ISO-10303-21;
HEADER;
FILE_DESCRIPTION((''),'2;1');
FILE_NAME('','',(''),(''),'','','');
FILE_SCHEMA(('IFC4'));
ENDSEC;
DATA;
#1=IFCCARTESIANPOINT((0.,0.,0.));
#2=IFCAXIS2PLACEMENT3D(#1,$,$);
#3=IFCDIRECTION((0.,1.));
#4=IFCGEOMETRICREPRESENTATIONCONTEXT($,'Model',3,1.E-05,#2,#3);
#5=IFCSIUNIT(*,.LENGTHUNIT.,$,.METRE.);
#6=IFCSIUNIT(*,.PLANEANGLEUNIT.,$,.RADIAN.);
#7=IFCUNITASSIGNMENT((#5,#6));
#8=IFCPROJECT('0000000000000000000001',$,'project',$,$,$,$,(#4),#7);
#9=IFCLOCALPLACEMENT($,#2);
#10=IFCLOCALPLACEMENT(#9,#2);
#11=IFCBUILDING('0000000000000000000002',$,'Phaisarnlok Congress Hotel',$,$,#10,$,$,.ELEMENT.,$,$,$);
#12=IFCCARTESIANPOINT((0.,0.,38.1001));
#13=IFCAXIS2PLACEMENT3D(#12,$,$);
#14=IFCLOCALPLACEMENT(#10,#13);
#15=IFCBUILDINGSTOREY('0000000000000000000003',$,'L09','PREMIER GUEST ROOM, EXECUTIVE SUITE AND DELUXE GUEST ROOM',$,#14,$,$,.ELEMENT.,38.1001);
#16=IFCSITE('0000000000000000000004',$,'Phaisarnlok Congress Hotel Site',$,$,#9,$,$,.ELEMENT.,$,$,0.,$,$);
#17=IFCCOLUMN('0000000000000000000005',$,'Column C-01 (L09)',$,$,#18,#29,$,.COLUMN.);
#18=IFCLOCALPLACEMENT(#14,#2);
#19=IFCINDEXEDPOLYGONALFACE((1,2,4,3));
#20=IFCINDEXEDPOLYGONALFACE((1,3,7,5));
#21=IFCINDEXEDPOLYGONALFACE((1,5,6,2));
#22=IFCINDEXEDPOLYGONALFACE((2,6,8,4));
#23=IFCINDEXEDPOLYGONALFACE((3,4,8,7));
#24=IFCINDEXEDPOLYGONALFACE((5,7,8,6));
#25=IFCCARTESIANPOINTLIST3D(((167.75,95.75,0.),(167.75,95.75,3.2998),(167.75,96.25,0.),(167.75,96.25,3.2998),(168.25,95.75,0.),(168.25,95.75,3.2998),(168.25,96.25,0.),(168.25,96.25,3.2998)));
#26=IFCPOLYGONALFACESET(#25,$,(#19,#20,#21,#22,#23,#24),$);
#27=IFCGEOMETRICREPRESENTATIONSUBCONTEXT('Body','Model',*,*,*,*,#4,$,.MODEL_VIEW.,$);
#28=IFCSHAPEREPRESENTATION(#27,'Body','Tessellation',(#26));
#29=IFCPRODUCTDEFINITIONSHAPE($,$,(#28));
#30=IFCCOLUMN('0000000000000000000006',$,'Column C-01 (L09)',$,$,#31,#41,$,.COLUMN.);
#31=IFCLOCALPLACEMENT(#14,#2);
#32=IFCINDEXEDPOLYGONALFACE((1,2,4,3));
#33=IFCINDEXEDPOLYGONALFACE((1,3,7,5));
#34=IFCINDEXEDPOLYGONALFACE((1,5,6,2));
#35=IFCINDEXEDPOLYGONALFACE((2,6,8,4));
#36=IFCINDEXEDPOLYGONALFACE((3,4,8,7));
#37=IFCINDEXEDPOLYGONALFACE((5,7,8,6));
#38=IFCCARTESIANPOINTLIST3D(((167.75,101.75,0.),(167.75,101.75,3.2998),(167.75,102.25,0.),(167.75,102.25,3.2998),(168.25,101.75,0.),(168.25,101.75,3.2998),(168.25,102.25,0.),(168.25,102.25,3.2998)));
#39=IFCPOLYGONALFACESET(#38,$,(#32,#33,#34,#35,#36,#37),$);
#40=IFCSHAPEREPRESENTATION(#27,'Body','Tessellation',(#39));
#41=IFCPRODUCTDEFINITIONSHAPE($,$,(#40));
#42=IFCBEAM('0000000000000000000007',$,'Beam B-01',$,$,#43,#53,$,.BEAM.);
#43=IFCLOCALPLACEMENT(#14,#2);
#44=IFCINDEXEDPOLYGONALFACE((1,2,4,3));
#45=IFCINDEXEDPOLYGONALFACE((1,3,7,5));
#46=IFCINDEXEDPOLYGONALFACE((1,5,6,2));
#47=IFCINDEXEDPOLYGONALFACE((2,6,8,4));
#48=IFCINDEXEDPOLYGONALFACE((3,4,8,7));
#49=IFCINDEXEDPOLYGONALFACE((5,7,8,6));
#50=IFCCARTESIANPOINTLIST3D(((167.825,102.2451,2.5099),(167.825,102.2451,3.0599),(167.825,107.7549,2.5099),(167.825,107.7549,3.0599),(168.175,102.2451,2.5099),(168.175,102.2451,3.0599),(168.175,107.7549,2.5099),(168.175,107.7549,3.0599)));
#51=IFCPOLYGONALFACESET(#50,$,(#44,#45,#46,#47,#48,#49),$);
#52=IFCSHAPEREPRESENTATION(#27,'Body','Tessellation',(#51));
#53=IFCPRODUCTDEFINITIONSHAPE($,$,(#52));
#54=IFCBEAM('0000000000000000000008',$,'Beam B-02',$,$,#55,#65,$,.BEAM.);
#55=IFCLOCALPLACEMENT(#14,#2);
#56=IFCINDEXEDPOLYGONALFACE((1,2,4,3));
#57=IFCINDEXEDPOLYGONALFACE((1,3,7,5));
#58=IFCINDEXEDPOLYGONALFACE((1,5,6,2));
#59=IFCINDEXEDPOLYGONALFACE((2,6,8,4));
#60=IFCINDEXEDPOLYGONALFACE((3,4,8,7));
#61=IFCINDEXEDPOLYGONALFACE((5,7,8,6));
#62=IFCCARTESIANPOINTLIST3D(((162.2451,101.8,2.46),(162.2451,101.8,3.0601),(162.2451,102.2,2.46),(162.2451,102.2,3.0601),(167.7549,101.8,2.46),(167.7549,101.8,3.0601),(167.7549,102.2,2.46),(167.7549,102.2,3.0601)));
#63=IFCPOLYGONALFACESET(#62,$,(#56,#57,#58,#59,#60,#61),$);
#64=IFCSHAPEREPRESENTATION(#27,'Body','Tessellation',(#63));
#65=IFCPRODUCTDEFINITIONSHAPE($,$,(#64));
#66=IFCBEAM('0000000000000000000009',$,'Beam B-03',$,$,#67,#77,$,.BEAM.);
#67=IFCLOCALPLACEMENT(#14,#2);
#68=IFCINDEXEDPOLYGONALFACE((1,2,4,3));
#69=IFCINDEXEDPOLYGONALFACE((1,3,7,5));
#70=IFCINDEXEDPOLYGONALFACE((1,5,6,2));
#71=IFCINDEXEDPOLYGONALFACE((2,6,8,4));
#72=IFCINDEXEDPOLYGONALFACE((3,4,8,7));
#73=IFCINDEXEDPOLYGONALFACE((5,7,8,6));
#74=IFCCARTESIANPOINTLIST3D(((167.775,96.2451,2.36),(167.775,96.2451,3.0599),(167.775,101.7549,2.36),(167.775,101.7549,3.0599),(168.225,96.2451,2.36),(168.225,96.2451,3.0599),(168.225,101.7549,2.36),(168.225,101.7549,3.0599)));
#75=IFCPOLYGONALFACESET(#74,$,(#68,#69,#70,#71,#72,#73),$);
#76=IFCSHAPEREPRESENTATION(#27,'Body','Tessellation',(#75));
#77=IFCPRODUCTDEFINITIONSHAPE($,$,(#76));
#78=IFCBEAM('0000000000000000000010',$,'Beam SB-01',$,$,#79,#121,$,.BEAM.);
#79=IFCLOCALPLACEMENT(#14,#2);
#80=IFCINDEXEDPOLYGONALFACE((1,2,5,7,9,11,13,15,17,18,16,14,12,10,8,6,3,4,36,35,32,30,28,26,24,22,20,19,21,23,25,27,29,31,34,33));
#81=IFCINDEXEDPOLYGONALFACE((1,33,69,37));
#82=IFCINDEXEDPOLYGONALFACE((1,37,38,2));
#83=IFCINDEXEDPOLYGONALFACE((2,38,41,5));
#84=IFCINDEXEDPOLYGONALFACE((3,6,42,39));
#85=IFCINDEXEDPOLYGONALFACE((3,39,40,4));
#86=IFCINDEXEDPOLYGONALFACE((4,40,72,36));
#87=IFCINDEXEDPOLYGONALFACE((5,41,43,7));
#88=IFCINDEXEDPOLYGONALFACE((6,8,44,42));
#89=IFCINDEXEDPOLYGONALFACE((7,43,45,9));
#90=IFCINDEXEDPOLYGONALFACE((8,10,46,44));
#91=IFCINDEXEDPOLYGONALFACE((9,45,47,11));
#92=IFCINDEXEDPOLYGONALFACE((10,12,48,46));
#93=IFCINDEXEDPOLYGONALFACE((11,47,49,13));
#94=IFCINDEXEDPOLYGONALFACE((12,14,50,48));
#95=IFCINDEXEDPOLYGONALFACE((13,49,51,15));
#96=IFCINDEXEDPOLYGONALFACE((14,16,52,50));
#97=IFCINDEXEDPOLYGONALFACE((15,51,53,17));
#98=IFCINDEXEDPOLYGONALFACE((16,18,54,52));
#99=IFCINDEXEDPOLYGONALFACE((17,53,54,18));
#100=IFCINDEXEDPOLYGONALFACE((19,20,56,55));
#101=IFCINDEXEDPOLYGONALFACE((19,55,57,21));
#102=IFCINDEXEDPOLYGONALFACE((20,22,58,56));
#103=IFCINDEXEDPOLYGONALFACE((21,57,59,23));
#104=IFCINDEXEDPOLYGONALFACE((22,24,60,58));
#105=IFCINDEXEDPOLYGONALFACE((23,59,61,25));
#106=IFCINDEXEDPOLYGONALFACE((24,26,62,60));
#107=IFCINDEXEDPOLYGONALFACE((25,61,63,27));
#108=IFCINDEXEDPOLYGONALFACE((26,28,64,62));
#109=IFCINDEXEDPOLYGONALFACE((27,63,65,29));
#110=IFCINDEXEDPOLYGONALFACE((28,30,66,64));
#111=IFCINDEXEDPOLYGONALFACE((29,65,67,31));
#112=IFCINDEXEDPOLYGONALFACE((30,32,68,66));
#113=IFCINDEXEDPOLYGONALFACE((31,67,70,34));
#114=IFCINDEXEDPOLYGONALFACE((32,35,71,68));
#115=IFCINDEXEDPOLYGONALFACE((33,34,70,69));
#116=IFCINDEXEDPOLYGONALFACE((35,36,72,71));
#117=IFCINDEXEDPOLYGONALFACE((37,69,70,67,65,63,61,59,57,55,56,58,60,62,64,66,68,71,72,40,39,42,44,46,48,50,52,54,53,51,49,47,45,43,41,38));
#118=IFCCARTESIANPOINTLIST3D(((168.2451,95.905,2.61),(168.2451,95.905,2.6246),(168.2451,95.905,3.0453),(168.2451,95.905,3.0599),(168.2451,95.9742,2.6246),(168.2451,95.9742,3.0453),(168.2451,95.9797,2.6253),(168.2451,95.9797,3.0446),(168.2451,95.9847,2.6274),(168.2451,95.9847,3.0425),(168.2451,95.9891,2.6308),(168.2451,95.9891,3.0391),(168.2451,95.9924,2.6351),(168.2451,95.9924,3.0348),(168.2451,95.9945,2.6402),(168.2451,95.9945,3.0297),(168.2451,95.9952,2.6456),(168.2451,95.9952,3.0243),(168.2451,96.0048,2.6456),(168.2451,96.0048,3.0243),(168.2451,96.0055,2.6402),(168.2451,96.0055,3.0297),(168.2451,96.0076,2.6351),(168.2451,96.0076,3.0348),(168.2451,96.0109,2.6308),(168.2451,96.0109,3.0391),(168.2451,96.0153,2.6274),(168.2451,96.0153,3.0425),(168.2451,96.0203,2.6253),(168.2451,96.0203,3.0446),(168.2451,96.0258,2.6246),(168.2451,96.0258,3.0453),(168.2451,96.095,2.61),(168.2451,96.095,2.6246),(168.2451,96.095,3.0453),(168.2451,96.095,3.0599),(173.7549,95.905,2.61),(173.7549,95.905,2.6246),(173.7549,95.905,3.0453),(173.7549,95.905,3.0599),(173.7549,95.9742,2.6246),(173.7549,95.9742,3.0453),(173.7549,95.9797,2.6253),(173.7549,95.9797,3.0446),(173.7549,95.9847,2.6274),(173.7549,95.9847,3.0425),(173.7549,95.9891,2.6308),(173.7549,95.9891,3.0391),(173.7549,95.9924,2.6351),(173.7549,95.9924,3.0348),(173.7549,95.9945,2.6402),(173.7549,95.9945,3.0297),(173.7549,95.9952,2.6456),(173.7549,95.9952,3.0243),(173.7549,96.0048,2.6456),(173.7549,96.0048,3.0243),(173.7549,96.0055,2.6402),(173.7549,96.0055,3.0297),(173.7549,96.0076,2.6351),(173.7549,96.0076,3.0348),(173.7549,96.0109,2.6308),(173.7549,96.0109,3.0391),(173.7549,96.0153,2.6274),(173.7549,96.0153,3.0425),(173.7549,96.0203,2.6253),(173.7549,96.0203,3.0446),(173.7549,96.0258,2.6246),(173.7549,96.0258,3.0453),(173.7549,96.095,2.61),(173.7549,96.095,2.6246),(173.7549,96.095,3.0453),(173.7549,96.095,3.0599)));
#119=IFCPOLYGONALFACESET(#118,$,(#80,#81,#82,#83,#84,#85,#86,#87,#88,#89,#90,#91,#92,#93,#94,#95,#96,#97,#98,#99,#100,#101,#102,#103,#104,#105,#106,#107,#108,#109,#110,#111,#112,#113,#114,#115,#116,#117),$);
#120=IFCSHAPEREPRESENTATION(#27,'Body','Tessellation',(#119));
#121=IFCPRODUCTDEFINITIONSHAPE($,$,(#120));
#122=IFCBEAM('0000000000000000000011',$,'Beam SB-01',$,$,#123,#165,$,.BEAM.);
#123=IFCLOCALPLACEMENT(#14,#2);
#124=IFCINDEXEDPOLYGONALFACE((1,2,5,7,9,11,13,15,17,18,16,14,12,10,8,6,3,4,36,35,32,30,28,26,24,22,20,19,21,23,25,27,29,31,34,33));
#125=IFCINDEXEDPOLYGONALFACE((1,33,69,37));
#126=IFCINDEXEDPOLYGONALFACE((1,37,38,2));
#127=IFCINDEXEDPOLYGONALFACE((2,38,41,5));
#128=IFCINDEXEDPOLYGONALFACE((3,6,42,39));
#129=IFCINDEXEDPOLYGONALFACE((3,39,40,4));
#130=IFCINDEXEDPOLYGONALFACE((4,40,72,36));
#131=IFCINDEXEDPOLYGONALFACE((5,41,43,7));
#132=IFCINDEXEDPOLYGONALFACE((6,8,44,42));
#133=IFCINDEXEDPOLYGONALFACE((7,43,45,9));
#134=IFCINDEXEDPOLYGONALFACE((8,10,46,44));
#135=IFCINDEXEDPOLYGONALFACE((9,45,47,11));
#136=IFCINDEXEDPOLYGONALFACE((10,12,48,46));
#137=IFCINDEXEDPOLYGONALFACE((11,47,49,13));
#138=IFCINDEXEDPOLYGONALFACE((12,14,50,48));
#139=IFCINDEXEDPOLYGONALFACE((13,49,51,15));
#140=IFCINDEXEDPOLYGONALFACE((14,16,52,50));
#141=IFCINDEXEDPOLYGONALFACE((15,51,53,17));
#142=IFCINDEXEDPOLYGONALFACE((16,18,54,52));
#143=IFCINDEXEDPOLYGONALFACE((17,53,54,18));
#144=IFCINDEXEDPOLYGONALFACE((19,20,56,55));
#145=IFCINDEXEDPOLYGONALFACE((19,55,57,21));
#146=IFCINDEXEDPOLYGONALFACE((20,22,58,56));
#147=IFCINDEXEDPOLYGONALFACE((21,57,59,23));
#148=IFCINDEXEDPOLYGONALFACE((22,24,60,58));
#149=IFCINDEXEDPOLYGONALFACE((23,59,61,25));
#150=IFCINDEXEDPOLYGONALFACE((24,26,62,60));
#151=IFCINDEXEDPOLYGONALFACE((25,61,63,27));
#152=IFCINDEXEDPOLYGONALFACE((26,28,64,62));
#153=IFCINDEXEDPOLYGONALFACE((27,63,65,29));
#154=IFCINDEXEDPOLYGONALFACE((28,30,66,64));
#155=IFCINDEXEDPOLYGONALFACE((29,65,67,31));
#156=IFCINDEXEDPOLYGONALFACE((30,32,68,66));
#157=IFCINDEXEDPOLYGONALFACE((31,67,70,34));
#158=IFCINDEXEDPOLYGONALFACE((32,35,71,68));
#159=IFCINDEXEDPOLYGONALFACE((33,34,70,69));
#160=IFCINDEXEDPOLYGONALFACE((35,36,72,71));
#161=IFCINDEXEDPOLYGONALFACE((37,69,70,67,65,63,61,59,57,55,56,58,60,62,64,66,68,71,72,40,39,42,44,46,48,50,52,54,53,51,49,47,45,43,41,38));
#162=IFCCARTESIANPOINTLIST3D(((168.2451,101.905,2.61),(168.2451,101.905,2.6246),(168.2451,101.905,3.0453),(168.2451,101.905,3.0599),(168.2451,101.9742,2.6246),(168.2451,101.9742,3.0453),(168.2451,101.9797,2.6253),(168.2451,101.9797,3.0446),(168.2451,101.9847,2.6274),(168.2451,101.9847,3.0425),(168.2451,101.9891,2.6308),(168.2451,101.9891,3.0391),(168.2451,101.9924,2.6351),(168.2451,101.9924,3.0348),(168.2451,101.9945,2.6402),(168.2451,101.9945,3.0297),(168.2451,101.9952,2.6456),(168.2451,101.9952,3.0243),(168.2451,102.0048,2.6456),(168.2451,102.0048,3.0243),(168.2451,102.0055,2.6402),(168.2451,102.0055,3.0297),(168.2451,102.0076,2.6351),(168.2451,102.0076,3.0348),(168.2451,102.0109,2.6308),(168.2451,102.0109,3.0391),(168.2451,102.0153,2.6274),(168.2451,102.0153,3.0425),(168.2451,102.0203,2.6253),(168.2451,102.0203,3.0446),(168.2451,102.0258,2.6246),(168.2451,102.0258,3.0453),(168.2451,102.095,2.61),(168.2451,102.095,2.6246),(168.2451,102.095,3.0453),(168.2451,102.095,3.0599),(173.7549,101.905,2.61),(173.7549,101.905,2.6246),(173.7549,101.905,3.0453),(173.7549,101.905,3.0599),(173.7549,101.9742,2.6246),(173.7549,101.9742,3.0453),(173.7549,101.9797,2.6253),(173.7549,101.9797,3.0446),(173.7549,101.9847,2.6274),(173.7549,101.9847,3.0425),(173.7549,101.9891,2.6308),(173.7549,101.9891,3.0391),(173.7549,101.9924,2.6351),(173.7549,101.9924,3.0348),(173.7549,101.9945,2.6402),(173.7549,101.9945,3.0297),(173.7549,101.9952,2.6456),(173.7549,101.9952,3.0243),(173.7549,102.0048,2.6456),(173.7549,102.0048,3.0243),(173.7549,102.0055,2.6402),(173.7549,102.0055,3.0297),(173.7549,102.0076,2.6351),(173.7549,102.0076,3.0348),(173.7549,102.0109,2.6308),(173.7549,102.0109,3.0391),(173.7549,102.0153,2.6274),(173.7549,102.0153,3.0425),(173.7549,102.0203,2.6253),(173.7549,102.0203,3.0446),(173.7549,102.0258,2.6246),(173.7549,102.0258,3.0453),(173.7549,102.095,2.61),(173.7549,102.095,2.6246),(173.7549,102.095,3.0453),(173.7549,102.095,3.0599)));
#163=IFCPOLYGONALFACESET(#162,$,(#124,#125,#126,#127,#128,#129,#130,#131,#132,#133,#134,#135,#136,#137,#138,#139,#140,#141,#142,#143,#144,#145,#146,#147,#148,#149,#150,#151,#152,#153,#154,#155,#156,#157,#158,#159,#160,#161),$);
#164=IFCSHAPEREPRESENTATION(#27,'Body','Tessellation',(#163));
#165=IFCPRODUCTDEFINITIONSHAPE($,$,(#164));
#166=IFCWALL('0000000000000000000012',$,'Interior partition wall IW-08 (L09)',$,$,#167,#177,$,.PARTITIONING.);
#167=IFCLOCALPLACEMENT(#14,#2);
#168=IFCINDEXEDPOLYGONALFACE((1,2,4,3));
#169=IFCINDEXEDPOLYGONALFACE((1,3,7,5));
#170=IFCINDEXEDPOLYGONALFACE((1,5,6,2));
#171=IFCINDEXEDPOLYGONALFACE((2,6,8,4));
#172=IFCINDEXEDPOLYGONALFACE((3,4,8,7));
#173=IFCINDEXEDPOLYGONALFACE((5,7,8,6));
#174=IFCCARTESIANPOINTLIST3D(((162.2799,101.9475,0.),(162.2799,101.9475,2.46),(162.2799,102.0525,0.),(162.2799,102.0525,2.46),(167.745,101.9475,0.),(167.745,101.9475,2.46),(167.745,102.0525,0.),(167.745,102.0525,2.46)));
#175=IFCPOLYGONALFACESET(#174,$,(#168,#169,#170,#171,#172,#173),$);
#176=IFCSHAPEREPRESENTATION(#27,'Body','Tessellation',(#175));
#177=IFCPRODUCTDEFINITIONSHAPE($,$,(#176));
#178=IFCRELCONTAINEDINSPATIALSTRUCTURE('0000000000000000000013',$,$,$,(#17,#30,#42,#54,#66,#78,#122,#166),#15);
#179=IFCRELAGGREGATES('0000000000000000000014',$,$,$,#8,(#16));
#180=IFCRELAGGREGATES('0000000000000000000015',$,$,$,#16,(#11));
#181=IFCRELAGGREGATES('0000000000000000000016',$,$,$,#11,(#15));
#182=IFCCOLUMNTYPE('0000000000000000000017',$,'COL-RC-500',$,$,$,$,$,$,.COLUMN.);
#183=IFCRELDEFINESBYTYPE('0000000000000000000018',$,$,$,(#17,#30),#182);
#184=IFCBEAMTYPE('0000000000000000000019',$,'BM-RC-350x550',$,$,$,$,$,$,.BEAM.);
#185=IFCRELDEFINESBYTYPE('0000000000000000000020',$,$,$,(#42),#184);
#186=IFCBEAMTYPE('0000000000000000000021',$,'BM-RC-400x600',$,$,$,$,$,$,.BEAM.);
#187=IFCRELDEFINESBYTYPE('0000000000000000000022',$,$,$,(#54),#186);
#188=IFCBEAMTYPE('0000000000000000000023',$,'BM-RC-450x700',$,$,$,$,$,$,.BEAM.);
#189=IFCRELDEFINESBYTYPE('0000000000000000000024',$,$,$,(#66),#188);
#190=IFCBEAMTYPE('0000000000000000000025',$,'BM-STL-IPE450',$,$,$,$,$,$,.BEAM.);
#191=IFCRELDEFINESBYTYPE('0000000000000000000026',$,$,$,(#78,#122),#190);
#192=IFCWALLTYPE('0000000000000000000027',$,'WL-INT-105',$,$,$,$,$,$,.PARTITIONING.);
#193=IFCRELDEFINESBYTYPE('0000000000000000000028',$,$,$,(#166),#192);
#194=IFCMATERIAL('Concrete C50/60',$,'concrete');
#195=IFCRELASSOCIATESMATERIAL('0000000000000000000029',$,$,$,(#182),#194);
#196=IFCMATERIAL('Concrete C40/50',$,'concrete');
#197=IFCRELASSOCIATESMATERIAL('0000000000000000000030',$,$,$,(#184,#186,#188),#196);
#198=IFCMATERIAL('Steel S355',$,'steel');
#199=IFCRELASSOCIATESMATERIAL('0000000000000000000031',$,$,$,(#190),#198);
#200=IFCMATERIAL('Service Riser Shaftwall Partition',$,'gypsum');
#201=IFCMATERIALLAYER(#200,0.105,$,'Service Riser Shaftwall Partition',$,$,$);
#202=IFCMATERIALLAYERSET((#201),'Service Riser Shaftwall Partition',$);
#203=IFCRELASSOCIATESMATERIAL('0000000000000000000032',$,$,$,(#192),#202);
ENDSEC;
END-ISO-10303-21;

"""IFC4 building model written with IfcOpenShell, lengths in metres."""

from ifc_helpers import new_model, si_unit, direction, frame, frame_2d, origin, origin_2d, place, context, subcontext, project, spatial, rectangle, i_section, extrude, material, layer, layer_set, material_profile, profile_set, type_object, element, save


model = new_model("IFC4")

# Units and contexts
model_context = context("Model", 3, precision=1e-05, world=origin(), true_north=direction((0.0, 1.0)))
body_context = subcontext(model_context, "Body", "Model", "MODEL_VIEW")
ifc_project = project(units=[si_unit("LENGTHUNIT", "METRE"), si_unit("PLANEANGLEUNIT", "RADIAN")], contexts=[model_context])

# Site, building, storey
site_placement = place(None, origin())
site = spatial("IfcSite", under=ifc_project, at=site_placement, Name="Phaisarnlok Congress Hotel Site", CompositionType="ELEMENT", RefElevation=0.0)
building_placement = place(site_placement, origin())
building = spatial("IfcBuilding", under=site, at=building_placement, Name="Phaisarnlok Congress Hotel", CompositionType="ELEMENT")
storey_placement = place(building_placement, frame((0.0, 0.0, 38.1001)))
storey = spatial("IfcBuildingStorey", under=building, at=storey_placement, Name="L09", Description="PREMIER GUEST ROOM, EXECUTIVE SUITE AND DELUXE GUEST ROOM", CompositionType="ELEMENT", Elevation=38.1001)

# Columns
ifc_material_1 = material(Name="Concrete C50/60", Category="concrete")
ifc_material_profile_1 = material_profile(ifc_material_1, rectangle(XDim=0.5, YDim=0.5, at=origin_2d()), Name="RC 500x500")
ifc_profile_set_1 = profile_set([ifc_material_profile_1], Name="Concrete C50/60")
column_type = type_object("IfcColumnType", Name="COL-RC-500", PredefinedType="COLUMN", material=ifc_profile_set_1)
for number, where, z_axis, x_axis, name in (
    (1, (168.0, 96.0, 0.0), (0.0, 0.0, 1.0), (1.0, 0.0, 0.0), "Column C-01 (L09)"),
    (2, (168.0, 102.0, 0.0), (0.0, 0.0, 1.0), (1.0, 0.0, 0.0), "Column C-01 (L09)"),
):
    element("IfcColumn", number, at=place(storey_placement, frame(where, z_axis=z_axis, x_axis=x_axis)), inside=storey, type_object=column_type, Name=name, PredefinedType="COLUMN", context=body_context, shape_type="SweptSolid", body=[
        extrude(rectangle(XDim=0.5, YDim=0.5, at=origin_2d()), origin(), (0.0, 0.0, 1.0), 3.2998),
    ])

# Beams
ifc_material_2 = material(Name="Concrete C40/50", Category="concrete")
ifc_material_profile_2 = material_profile(ifc_material_2, rectangle(XDim=0.3501, YDim=0.55, at=origin_2d()), Name="RC 350x550")
ifc_profile_set_2 = profile_set([ifc_material_profile_2], Name="Concrete C40/50")
beam_type_1 = type_object("IfcBeamType", Name="BM-RC-350x550", PredefinedType="BEAM", material=ifc_profile_set_2)
beam_1_placement = place(storey_placement, frame((168.0, 102.2451, 2.7849), z_axis=(0.0, 1.0, 0.0), x_axis=(-1.0, 0.0, 0.0)))
element("IfcBeam", 3, at=beam_1_placement, inside=storey, type_object=beam_type_1, Name="Beam B-01", PredefinedType="BEAM", context=body_context, shape_type="SweptSolid", body=[
    extrude(rectangle(XDim=0.3501, YDim=0.55, at=origin_2d()), origin(), (0.0, 0.0, 1.0), 5.5098),
])
ifc_material_profile_3 = material_profile(ifc_material_2, rectangle(XDim=0.3999, YDim=0.6001, at=origin_2d()), Name="RC 400x600")
ifc_profile_set_3 = profile_set([ifc_material_profile_3], Name="Concrete C40/50")
beam_type_2 = type_object("IfcBeamType", Name="BM-RC-400x600", PredefinedType="BEAM", material=ifc_profile_set_3)
beam_2_placement = place(storey_placement, frame((162.2451, 102.0, 2.76), z_axis=(1.0, 0.0, 0.0), x_axis=(0.0, 1.0, 0.0)))
element("IfcBeam", 4, at=beam_2_placement, inside=storey, type_object=beam_type_2, Name="Beam B-02", PredefinedType="BEAM", context=body_context, shape_type="SweptSolid", body=[
    extrude(rectangle(XDim=0.3999, YDim=0.6001, at=origin_2d()), origin(), (0.0, 0.0, 1.0), 5.5098),
])
ifc_material_profile_4 = material_profile(ifc_material_2, rectangle(XDim=0.45, YDim=0.7, at=origin_2d()), Name="RC 450x700")
ifc_profile_set_4 = profile_set([ifc_material_profile_4], Name="Concrete C40/50")
beam_type_3 = type_object("IfcBeamType", Name="BM-RC-450x700", PredefinedType="BEAM", material=ifc_profile_set_4)
beam_3_placement = place(storey_placement, frame((168.0, 96.2451, 2.71), z_axis=(0.0, 1.0, 0.0), x_axis=(-1.0, 0.0, 0.0)))
element("IfcBeam", 5, at=beam_3_placement, inside=storey, type_object=beam_type_3, Name="Beam B-03", PredefinedType="BEAM", context=body_context, shape_type="SweptSolid", body=[
    extrude(rectangle(XDim=0.45, YDim=0.7, at=origin_2d()), origin(), (0.0, 0.0, 1.0), 5.5098),
])
ifc_material_3 = material(Name="Steel S355", Category="steel")
ifc_material_profile_5 = material_profile(ifc_material_3, i_section(OverallWidth=0.1899, OverallDepth=0.45, WebThickness=0.0095, FlangeThickness=0.0146, FilletRadius=0.021, at=origin_2d()), Name="IPE 450")
ifc_profile_set_5 = profile_set([ifc_material_profile_5], Name="Steel S355")
beam_type_4 = type_object("IfcBeamType", Name="BM-STL-IPE450", PredefinedType="BEAM", material=ifc_profile_set_5)
for number, where, z_axis, x_axis, name in (
    (6, (168.2451, 96.0, 2.835), (1.0, 0.0, 0.0), (0.0, 1.0, 0.0), "Beam SB-01"),
    (7, (168.2451, 102.0, 2.835), (1.0, 0.0, 0.0), (0.0, 1.0, 0.0), "Beam SB-01"),
):
    element("IfcBeam", number, at=place(storey_placement, frame(where, z_axis=z_axis, x_axis=x_axis)), inside=storey, type_object=beam_type_4, Name=name, PredefinedType="BEAM", context=body_context, shape_type="SweptSolid", body=[
        extrude(i_section(OverallWidth=0.1899, OverallDepth=0.45, WebThickness=0.0095, FlangeThickness=0.0146, FilletRadius=0.021, at=origin_2d()), origin(), (0.0, 0.0, 1.0), 5.5098),
    ])

# Wall
ifc_material_4 = material(Name="Service Riser Shaftwall Partition", Category="gypsum")
ifc_layer_1 = layer(ifc_material_4, 0.105, Name="Service Riser Shaftwall Partition")
ifc_layer_set_1 = layer_set([ifc_layer_1], Name="Service Riser Shaftwall Partition")
wall_type_1 = type_object("IfcWallType", Name="WL-INT-105", PredefinedType="PARTITIONING", material=ifc_layer_set_1)
wall_1_placement = place(storey_placement, frame((162.28, 102.0, 0.0), z_axis=(0.0, 0.0, 1.0), x_axis=(1.0, 0.0, 0.0)))
element("IfcWall", 8, at=wall_1_placement, inside=storey, type_object=wall_type_1, Name="Interior partition wall IW-08 (L09)", PredefinedType="PARTITIONING", context=body_context, shape_type="SweptSolid", body=[
    extrude(rectangle(XDim=5.4651, YDim=0.105, at=frame_2d((2.7324, 0.0))), origin(), (0.0, 0.0, 1.0), 2.46),
])

save(model, "model.ifc")
